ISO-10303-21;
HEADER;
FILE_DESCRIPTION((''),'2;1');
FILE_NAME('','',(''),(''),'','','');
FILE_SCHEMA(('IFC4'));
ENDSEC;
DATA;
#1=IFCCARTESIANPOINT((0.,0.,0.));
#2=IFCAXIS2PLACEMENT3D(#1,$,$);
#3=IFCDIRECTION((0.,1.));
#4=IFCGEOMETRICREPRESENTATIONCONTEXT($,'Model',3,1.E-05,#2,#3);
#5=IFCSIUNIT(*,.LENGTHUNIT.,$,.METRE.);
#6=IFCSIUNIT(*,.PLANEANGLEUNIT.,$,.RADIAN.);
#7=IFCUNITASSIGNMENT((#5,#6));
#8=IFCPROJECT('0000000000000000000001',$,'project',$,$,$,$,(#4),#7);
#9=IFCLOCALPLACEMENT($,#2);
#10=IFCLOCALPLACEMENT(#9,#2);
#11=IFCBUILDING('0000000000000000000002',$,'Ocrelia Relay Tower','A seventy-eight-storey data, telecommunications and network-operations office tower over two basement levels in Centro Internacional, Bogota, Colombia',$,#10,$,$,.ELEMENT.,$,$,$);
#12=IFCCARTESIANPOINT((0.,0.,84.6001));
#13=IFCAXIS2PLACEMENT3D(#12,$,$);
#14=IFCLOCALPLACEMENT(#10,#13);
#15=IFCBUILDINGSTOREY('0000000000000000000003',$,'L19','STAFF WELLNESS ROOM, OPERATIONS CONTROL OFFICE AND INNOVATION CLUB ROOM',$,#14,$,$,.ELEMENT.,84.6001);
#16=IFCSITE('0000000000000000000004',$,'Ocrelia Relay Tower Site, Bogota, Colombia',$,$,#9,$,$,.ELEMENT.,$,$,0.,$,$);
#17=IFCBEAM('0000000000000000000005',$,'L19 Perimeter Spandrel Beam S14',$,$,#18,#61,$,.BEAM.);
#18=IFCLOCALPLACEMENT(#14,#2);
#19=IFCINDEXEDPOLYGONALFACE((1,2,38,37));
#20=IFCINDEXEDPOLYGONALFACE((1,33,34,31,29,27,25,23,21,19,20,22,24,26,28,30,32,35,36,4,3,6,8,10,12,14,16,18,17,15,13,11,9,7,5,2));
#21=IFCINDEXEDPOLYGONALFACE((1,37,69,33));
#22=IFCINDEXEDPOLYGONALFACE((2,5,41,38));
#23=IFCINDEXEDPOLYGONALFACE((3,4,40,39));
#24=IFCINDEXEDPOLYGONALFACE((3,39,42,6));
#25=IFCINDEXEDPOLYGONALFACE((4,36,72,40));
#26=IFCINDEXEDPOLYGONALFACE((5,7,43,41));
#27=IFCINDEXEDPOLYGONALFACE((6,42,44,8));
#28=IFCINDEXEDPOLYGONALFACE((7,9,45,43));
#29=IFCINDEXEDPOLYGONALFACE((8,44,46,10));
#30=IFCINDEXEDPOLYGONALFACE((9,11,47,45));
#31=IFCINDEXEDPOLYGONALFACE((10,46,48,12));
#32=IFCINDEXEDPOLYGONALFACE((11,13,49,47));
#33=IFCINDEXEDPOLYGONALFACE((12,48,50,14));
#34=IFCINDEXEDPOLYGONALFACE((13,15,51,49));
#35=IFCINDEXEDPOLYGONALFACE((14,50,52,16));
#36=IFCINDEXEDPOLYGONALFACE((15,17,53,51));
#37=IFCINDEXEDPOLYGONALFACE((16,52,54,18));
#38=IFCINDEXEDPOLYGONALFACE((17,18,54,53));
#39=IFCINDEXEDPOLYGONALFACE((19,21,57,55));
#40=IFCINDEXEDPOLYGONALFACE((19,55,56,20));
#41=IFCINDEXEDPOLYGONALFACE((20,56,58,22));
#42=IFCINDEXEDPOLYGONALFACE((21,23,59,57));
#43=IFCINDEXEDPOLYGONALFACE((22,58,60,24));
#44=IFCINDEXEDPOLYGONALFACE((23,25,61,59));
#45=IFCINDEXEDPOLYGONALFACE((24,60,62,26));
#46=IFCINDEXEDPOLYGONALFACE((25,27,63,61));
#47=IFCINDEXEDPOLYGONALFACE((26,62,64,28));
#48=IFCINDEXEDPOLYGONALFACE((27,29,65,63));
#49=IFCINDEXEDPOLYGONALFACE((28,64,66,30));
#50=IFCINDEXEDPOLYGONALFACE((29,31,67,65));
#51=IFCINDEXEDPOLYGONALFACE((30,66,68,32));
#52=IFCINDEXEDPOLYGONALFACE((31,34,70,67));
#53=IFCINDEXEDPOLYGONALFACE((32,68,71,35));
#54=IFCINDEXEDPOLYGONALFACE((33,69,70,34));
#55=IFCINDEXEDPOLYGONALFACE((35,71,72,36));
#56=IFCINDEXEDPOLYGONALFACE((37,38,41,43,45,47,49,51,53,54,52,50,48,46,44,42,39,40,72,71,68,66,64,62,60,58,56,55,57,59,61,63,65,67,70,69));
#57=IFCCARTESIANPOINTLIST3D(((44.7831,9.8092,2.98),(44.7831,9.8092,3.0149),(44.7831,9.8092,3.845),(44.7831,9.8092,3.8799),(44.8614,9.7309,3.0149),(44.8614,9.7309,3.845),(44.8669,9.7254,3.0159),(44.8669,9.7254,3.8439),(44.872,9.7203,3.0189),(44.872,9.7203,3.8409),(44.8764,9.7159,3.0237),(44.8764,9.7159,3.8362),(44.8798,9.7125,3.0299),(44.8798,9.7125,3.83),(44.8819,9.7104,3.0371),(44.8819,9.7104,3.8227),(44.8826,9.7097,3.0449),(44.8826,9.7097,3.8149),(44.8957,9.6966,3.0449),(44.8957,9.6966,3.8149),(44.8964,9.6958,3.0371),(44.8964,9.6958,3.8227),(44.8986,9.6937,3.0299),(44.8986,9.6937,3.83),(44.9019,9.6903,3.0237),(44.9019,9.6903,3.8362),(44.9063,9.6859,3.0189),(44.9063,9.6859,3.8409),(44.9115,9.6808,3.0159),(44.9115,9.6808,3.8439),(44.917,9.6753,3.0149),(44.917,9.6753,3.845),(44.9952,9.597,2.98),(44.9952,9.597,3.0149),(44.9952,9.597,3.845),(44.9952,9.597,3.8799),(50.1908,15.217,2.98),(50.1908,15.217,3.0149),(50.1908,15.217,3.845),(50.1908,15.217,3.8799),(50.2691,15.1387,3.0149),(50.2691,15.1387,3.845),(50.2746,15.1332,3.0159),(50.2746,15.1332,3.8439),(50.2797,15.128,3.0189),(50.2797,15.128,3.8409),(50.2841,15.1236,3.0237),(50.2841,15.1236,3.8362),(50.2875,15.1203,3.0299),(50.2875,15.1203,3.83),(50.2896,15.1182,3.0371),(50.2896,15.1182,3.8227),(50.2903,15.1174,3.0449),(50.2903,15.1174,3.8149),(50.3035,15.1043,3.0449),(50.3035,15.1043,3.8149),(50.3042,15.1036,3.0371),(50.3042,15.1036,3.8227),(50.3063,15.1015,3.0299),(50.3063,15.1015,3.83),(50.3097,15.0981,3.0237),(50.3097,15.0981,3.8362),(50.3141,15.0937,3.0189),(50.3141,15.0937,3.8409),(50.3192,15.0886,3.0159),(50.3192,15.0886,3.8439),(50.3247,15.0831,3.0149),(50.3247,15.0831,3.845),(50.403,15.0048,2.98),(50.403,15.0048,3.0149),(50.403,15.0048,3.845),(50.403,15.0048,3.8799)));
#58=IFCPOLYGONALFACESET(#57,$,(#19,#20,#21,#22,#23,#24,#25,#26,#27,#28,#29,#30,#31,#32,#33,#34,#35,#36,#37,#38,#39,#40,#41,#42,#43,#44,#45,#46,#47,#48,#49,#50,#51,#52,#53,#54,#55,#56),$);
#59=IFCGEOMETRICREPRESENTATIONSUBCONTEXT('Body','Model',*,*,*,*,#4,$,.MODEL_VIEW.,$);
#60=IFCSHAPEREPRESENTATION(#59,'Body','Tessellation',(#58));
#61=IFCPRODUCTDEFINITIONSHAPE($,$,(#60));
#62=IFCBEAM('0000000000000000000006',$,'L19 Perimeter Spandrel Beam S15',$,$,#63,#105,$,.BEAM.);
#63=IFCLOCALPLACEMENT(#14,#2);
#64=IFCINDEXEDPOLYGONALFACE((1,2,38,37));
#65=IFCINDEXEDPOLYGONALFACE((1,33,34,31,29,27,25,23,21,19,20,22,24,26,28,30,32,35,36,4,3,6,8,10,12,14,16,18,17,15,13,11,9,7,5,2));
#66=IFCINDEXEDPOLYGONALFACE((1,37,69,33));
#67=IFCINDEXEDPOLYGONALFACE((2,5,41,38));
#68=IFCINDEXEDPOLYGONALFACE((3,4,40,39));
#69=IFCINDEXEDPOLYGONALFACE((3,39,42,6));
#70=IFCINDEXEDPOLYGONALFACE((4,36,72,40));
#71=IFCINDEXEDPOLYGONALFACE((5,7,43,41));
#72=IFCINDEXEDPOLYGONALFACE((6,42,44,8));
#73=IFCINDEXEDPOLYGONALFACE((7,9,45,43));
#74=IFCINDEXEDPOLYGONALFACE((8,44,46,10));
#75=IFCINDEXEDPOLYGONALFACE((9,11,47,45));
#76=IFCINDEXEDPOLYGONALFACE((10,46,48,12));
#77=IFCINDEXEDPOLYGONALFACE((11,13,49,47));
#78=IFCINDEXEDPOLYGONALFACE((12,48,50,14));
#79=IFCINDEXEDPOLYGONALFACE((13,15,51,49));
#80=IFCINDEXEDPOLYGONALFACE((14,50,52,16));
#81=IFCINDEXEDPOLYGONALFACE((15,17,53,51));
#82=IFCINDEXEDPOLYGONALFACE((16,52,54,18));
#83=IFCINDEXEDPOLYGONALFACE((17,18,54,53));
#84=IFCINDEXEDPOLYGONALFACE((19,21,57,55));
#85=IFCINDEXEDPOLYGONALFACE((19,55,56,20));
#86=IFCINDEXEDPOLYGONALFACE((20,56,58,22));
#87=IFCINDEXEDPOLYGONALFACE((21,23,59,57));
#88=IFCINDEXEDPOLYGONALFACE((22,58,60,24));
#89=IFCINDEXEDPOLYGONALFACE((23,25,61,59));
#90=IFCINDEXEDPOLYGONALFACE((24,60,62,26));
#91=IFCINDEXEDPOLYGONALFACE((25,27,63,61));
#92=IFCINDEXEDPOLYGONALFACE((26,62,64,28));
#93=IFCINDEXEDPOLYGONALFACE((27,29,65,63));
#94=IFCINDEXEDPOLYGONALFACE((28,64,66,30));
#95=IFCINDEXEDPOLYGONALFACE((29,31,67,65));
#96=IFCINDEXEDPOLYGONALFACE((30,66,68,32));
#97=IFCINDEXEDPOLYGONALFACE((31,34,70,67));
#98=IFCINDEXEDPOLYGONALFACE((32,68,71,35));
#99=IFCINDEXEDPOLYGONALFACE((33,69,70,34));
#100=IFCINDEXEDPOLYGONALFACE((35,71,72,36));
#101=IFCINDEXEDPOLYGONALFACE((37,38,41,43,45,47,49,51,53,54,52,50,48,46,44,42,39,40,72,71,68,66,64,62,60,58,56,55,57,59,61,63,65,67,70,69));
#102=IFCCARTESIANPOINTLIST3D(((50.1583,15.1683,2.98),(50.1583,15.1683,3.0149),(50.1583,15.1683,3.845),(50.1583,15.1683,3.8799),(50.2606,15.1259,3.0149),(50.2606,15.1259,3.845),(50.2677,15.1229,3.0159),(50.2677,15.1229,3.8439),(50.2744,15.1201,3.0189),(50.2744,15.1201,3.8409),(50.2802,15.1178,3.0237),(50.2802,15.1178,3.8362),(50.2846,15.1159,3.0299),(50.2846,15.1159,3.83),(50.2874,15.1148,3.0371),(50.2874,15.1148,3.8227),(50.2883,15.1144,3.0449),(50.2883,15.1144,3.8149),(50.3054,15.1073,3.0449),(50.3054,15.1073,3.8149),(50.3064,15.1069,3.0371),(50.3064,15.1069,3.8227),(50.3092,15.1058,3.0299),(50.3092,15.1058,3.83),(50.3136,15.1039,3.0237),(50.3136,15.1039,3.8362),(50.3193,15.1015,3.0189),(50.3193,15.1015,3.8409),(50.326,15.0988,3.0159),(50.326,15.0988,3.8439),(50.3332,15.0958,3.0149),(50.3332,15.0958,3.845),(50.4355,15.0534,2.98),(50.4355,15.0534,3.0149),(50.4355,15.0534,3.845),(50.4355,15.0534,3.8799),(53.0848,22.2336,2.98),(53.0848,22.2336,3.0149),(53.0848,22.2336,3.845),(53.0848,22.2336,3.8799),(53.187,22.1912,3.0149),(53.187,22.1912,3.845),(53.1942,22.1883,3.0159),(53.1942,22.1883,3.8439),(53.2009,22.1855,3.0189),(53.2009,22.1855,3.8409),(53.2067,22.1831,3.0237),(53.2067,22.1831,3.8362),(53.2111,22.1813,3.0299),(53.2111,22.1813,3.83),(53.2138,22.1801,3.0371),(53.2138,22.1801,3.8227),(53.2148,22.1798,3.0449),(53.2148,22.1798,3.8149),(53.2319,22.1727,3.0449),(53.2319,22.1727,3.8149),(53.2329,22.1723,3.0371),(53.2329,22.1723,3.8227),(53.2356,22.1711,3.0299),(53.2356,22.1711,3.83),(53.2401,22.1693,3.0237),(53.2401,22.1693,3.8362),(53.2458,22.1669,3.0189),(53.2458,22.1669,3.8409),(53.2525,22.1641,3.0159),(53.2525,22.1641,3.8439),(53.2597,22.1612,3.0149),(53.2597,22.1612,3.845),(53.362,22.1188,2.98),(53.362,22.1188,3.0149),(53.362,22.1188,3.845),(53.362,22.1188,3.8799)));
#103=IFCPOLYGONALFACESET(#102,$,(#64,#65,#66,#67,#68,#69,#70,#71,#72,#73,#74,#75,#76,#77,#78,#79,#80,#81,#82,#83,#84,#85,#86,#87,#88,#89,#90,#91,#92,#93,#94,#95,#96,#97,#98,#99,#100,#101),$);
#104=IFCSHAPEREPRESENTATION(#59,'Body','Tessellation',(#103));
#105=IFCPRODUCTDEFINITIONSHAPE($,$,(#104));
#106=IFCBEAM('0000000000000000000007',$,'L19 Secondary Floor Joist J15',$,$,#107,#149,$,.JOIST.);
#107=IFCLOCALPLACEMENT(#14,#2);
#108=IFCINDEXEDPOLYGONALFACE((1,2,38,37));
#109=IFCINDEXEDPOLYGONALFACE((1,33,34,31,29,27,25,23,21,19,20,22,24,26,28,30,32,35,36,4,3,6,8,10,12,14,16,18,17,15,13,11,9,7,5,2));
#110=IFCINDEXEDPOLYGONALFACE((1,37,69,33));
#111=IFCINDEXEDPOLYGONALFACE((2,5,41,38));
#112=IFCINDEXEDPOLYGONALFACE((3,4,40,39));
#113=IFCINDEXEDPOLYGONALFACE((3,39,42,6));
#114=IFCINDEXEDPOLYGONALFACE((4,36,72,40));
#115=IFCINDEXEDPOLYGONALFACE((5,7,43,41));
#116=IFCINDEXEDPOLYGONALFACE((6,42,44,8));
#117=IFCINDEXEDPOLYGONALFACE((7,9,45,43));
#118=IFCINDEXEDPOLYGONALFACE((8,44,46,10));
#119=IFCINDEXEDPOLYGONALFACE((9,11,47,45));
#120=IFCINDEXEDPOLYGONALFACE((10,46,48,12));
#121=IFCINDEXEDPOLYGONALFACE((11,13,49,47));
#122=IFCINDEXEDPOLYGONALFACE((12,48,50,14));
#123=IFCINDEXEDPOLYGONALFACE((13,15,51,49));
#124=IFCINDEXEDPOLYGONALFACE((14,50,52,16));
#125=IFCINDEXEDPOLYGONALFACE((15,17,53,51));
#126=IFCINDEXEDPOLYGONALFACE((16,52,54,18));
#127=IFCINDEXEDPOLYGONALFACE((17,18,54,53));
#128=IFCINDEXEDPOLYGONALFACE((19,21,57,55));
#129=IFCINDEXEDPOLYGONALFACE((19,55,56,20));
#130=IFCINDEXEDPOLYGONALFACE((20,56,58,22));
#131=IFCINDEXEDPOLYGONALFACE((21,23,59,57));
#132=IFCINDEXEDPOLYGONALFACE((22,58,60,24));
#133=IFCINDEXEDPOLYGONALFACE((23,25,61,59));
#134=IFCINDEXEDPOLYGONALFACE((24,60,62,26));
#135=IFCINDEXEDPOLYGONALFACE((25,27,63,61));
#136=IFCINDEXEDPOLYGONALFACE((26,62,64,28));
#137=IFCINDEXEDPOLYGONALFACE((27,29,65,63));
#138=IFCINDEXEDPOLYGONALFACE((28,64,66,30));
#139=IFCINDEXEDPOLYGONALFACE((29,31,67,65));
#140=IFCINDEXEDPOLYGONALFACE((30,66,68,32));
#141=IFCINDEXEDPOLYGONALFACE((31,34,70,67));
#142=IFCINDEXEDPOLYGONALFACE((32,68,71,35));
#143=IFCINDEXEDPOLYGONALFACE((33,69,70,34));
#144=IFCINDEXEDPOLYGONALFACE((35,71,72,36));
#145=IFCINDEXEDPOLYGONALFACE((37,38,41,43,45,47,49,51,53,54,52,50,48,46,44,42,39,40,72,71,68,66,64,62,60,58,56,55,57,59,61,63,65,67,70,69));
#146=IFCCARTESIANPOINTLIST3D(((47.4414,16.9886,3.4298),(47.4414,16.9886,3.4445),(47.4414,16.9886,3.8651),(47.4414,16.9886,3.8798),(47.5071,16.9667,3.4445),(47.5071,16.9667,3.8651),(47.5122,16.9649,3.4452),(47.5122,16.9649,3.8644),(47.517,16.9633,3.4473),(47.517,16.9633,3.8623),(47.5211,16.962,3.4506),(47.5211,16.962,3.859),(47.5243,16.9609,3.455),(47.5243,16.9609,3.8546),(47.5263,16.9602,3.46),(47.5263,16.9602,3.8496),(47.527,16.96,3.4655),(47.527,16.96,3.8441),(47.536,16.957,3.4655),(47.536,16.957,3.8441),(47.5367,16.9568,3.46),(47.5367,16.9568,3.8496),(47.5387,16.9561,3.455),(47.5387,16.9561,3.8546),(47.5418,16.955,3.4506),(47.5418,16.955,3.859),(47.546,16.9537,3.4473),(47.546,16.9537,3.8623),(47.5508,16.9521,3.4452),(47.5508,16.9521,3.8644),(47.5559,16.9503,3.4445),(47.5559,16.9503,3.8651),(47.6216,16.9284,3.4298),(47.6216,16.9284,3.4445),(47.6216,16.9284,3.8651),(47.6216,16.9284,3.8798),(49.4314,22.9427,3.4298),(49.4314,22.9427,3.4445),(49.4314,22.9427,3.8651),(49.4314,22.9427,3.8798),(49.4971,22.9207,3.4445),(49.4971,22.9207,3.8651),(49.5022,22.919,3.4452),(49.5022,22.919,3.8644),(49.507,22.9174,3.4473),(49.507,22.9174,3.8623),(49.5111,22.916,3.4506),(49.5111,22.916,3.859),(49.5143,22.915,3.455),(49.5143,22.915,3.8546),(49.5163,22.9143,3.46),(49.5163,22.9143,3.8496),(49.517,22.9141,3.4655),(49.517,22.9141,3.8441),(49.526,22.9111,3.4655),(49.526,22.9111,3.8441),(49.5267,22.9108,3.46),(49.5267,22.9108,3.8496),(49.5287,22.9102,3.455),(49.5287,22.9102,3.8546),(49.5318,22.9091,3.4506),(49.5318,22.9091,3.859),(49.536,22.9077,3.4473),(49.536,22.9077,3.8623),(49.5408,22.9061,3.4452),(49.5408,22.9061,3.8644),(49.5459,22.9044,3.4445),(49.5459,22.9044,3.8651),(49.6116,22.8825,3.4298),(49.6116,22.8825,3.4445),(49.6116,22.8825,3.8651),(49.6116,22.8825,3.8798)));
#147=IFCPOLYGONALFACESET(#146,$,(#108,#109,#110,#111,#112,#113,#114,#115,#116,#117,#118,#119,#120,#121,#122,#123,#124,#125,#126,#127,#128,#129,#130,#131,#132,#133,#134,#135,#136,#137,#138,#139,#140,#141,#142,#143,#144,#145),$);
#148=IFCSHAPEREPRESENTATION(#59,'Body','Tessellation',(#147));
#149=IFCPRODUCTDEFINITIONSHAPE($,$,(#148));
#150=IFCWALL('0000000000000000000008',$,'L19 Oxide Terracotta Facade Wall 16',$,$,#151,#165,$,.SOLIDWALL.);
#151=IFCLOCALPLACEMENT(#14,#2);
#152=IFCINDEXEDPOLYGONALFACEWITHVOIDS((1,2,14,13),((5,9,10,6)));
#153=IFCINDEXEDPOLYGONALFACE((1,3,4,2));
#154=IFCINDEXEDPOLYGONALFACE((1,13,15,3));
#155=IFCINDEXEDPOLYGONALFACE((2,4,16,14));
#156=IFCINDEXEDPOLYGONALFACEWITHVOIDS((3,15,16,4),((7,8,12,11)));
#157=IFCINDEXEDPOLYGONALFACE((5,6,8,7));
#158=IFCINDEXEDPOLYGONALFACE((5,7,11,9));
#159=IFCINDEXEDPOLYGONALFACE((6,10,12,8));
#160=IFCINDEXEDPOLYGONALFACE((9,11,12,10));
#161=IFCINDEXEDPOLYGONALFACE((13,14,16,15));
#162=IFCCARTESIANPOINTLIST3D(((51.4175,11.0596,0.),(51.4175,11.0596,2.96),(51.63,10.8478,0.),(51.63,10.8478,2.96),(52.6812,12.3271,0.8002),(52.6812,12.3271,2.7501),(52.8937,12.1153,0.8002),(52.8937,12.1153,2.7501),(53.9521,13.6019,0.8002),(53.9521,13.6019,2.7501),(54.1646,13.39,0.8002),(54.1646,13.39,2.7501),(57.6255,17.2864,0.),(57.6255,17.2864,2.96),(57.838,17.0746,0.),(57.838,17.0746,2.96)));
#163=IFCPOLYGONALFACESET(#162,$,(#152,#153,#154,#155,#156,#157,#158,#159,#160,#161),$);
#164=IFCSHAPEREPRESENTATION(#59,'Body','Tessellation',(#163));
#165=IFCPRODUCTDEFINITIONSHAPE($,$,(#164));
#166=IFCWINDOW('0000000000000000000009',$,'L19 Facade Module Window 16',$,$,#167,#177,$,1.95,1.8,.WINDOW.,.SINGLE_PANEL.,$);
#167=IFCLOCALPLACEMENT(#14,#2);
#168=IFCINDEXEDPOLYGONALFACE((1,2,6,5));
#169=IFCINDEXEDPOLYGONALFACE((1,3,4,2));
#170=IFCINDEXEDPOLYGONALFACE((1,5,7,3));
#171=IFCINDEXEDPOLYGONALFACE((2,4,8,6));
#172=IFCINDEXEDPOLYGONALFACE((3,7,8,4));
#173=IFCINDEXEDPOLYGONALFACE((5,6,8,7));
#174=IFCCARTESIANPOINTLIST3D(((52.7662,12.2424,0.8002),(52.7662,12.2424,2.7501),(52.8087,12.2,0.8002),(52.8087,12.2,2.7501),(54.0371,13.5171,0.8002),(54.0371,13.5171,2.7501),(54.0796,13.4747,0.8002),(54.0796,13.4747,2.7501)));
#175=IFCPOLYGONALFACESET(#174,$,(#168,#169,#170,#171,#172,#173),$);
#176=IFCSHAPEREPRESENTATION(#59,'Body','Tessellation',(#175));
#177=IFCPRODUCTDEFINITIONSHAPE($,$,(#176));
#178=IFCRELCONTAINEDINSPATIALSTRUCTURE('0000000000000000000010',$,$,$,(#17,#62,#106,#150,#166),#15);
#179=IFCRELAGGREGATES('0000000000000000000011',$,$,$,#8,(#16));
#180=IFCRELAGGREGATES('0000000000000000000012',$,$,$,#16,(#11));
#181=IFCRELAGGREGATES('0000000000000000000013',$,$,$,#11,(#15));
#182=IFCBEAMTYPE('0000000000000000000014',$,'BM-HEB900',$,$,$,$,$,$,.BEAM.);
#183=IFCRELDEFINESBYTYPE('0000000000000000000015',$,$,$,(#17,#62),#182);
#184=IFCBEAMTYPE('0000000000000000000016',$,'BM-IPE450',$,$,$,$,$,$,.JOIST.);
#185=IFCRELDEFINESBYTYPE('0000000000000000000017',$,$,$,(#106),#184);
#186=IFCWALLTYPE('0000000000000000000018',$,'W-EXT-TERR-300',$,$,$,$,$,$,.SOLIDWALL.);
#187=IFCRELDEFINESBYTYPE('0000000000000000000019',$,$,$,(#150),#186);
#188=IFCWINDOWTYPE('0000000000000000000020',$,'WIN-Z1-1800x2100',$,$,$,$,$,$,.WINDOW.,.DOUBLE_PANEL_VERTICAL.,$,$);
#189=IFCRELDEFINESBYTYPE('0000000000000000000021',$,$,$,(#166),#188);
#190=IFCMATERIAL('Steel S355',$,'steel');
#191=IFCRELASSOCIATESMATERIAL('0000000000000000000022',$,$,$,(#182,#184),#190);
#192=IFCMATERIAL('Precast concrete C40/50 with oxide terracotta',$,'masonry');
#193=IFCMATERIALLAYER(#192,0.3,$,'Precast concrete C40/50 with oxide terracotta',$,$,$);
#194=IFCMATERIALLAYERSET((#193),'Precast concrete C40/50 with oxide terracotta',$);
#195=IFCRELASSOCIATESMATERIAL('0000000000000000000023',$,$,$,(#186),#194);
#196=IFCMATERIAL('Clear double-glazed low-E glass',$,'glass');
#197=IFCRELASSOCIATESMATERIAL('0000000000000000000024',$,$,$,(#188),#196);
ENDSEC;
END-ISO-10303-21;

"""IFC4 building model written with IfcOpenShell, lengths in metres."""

from ifc_helpers import new_model, si_unit, direction, frame, frame_2d, origin, origin_2d, place, context, subcontext, project, spatial, rectangle, i_section, extrude, material, layer, layer_set, material_profile, profile_set, type_object, element, fill, save


model = new_model("IFC4")

# Units and contexts
model_context = context("Model", 3, precision=1e-05, world=origin(), true_north=direction((0.0, 1.0)))
body_context = subcontext(model_context, "Body", "Model", "MODEL_VIEW")
ifc_project = project(units=[si_unit("LENGTHUNIT", "METRE"), si_unit("PLANEANGLEUNIT", "RADIAN")], contexts=[model_context])

# Site, building, storey
site_placement = place(None, origin())
site = spatial("IfcSite", under=ifc_project, at=site_placement, Name="Ocrelia Relay Tower Site, Bogota, Colombia", CompositionType="ELEMENT", RefElevation=0.0)
building_placement = place(site_placement, origin())
building = spatial("IfcBuilding", under=site, at=building_placement, Name="Ocrelia Relay Tower", Description="A seventy-eight-storey data, telecommunications and network-operations office tower over two basement levels in Centro Internacional, Bogota, Colombia", CompositionType="ELEMENT")
storey_placement = place(building_placement, frame((0.0, 0.0, 84.6001)))
storey = spatial("IfcBuildingStorey", under=building, at=storey_placement, Name="L19", Description="STAFF WELLNESS ROOM, OPERATIONS CONTROL OFFICE AND INNOVATION CLUB ROOM", CompositionType="ELEMENT", Elevation=84.6001)

# Beams
ifc_material_1 = material(Name="Steel S355", Category="steel")
ifc_material_profile_1 = material_profile(ifc_material_1, i_section(OverallWidth=0.3, OverallDepth=0.8999, WebThickness=0.0186, FlangeThickness=0.0349, FilletRadius=0.03, at=origin_2d()), Name="HEB 900")
ifc_profile_set_1 = profile_set([ifc_material_profile_1], Name="Steel S355")
beam_type_1 = type_object("IfcBeamType", Name="BM-HEB900", PredefinedType="BEAM", material=ifc_profile_set_1)
beam_1_placement = place(storey_placement, frame((44.8892, 9.7031, 3.4299), z_axis=(0.707107, 0.707107, 0.0), x_axis=(-0.707107, 0.707107, 0.0)))
element("IfcBeam", 1, at=beam_1_placement, inside=storey, type_object=beam_type_1, Name="L19 Perimeter Spandrel Beam S14", PredefinedType="BEAM", context=body_context, shape_type="SweptSolid", body=[
    extrude(i_section(OverallWidth=0.3, OverallDepth=0.8999, WebThickness=0.0186, FlangeThickness=0.0349, FilletRadius=0.03, at=origin_2d()), origin(), (0.0, 0.0, 1.0), 7.6477),
])
beam_2_placement = place(storey_placement, frame((50.2969, 15.1108, 3.4299), z_axis=(0.382674, 0.923883, 0.0), x_axis=(-0.923883, 0.382674, 0.0)))
element("IfcBeam", 2, at=beam_2_placement, inside=storey, type_object=beam_type_1, Name="L19 Perimeter Spandrel Beam S15", PredefinedType="BEAM", context=body_context, shape_type="SweptSolid", body=[
    extrude(i_section(OverallWidth=0.3, OverallDepth=0.8999, WebThickness=0.0186, FlangeThickness=0.0349, FilletRadius=0.03, at=origin_2d()), origin(), (0.0, 0.0, 1.0), 7.6475),
])
ifc_material_profile_2 = material_profile(ifc_material_1, i_section(OverallWidth=0.1899, OverallDepth=0.45, WebThickness=0.0095, FlangeThickness=0.0146, FilletRadius=0.021, at=origin_2d()), Name="IPE 450")
ifc_profile_set_2 = profile_set([ifc_material_profile_2], Name="Steel S355")
beam_type_2 = type_object("IfcBeamType", Name="BM-IPE450", PredefinedType="JOIST", material=ifc_profile_set_2)
beam_3_placement = place(storey_placement, frame((47.5315, 16.9585, 3.6548), z_axis=(0.316986, 0.94843, 0.0), x_axis=(-0.94843, 0.316986, 0.0)))
element("IfcBeam", 3, at=beam_3_placement, inside=storey, type_object=beam_type_2, Name="L19 Secondary Floor Joist J15", PredefinedType="JOIST", context=body_context, shape_type="SweptSolid", body=[
    extrude(i_section(OverallWidth=0.1899, OverallDepth=0.45, WebThickness=0.0095, FlangeThickness=0.0146, FilletRadius=0.021, at=origin_2d()), origin(), (0.0, 0.0, 1.0), 6.2778),
])

# Wall, opening, window
ifc_material_2 = material(Name="Precast concrete C40/50 with oxide terracotta", Category="masonry")
ifc_layer_1 = layer(ifc_material_2, 0.3, Name="Precast concrete C40/50 with oxide terracotta")
ifc_layer_set_1 = layer_set([ifc_layer_1], Name="Precast concrete C40/50 with oxide terracotta")
wall_type_1 = type_object("IfcWallType", Name="W-EXT-TERR-300", PredefinedType="SOLIDWALL", material=ifc_layer_set_1)
wall_1_placement = place(storey_placement, frame((51.5237, 10.9536, 0.0), z_axis=(0.0, 0.0, 1.0), x_axis=(0.706037, 0.708175, 0.0)))
wall_1 = element("IfcWall", 4, at=wall_1_placement, inside=storey, type_object=wall_type_1, Name="L19 Oxide Terracotta Facade Wall 16", PredefinedType="SOLIDWALL", context=body_context, shape_type="SweptSolid", body=[
    extrude(rectangle(XDim=8.7927, YDim=0.3, at=frame_2d((4.3965, 0.0))), origin(), (0.0, 0.0, 1.0), 2.96),
])
opening_1_placement = place(wall_1_placement, frame((1.79, 0.0, 0.8)))
opening_1 = element("IfcOpeningElement", 5, at=opening_1_placement, cuts=wall_1, PredefinedType="OPENING", context=body_context, shape_type="SweptSolid", body=[
    extrude(rectangle(XDim=1.8, YDim=1.95, at=frame_2d((0.8999, 0.9751))), frame((0.0, 0.1602, 0.0), z_axis=(0.0, -1.0, 0.0), x_axis=(1.0, 0.0, 0.0)), (0.0, 0.0, 1.0), 0.3201),
])
ifc_material_3 = material(Name="Clear double-glazed low-E glass", Category="glass")
window_type = type_object("IfcWindowType", Name="WIN-Z1-1800x2100", PartitioningType="DOUBLE_PANEL_VERTICAL", PredefinedType="WINDOW", material=ifc_material_3)
window_1_placement = place(opening_1_placement, origin())
window_1 = element("IfcWindow", 6, at=window_1_placement, inside=storey, type_object=window_type, Name="L19 Facade Module Window 16", OverallHeight=1.95, OverallWidth=1.8, PartitioningType="SINGLE_PANEL", PredefinedType="WINDOW", context=body_context, shape_type="SweptSolid", body=[
    extrude(rectangle(XDim=1.8, YDim=1.95, at=frame_2d((0.8999, 0.9751))), frame((0.0, 0.03, 0.0), z_axis=(0.0, -1.0, 0.0), x_axis=(1.0, 0.0, 0.0)), (0.0, 0.0, 1.0), 0.0601),
])
fill(opening_1, window_1)

save(model, "model.ifc")
